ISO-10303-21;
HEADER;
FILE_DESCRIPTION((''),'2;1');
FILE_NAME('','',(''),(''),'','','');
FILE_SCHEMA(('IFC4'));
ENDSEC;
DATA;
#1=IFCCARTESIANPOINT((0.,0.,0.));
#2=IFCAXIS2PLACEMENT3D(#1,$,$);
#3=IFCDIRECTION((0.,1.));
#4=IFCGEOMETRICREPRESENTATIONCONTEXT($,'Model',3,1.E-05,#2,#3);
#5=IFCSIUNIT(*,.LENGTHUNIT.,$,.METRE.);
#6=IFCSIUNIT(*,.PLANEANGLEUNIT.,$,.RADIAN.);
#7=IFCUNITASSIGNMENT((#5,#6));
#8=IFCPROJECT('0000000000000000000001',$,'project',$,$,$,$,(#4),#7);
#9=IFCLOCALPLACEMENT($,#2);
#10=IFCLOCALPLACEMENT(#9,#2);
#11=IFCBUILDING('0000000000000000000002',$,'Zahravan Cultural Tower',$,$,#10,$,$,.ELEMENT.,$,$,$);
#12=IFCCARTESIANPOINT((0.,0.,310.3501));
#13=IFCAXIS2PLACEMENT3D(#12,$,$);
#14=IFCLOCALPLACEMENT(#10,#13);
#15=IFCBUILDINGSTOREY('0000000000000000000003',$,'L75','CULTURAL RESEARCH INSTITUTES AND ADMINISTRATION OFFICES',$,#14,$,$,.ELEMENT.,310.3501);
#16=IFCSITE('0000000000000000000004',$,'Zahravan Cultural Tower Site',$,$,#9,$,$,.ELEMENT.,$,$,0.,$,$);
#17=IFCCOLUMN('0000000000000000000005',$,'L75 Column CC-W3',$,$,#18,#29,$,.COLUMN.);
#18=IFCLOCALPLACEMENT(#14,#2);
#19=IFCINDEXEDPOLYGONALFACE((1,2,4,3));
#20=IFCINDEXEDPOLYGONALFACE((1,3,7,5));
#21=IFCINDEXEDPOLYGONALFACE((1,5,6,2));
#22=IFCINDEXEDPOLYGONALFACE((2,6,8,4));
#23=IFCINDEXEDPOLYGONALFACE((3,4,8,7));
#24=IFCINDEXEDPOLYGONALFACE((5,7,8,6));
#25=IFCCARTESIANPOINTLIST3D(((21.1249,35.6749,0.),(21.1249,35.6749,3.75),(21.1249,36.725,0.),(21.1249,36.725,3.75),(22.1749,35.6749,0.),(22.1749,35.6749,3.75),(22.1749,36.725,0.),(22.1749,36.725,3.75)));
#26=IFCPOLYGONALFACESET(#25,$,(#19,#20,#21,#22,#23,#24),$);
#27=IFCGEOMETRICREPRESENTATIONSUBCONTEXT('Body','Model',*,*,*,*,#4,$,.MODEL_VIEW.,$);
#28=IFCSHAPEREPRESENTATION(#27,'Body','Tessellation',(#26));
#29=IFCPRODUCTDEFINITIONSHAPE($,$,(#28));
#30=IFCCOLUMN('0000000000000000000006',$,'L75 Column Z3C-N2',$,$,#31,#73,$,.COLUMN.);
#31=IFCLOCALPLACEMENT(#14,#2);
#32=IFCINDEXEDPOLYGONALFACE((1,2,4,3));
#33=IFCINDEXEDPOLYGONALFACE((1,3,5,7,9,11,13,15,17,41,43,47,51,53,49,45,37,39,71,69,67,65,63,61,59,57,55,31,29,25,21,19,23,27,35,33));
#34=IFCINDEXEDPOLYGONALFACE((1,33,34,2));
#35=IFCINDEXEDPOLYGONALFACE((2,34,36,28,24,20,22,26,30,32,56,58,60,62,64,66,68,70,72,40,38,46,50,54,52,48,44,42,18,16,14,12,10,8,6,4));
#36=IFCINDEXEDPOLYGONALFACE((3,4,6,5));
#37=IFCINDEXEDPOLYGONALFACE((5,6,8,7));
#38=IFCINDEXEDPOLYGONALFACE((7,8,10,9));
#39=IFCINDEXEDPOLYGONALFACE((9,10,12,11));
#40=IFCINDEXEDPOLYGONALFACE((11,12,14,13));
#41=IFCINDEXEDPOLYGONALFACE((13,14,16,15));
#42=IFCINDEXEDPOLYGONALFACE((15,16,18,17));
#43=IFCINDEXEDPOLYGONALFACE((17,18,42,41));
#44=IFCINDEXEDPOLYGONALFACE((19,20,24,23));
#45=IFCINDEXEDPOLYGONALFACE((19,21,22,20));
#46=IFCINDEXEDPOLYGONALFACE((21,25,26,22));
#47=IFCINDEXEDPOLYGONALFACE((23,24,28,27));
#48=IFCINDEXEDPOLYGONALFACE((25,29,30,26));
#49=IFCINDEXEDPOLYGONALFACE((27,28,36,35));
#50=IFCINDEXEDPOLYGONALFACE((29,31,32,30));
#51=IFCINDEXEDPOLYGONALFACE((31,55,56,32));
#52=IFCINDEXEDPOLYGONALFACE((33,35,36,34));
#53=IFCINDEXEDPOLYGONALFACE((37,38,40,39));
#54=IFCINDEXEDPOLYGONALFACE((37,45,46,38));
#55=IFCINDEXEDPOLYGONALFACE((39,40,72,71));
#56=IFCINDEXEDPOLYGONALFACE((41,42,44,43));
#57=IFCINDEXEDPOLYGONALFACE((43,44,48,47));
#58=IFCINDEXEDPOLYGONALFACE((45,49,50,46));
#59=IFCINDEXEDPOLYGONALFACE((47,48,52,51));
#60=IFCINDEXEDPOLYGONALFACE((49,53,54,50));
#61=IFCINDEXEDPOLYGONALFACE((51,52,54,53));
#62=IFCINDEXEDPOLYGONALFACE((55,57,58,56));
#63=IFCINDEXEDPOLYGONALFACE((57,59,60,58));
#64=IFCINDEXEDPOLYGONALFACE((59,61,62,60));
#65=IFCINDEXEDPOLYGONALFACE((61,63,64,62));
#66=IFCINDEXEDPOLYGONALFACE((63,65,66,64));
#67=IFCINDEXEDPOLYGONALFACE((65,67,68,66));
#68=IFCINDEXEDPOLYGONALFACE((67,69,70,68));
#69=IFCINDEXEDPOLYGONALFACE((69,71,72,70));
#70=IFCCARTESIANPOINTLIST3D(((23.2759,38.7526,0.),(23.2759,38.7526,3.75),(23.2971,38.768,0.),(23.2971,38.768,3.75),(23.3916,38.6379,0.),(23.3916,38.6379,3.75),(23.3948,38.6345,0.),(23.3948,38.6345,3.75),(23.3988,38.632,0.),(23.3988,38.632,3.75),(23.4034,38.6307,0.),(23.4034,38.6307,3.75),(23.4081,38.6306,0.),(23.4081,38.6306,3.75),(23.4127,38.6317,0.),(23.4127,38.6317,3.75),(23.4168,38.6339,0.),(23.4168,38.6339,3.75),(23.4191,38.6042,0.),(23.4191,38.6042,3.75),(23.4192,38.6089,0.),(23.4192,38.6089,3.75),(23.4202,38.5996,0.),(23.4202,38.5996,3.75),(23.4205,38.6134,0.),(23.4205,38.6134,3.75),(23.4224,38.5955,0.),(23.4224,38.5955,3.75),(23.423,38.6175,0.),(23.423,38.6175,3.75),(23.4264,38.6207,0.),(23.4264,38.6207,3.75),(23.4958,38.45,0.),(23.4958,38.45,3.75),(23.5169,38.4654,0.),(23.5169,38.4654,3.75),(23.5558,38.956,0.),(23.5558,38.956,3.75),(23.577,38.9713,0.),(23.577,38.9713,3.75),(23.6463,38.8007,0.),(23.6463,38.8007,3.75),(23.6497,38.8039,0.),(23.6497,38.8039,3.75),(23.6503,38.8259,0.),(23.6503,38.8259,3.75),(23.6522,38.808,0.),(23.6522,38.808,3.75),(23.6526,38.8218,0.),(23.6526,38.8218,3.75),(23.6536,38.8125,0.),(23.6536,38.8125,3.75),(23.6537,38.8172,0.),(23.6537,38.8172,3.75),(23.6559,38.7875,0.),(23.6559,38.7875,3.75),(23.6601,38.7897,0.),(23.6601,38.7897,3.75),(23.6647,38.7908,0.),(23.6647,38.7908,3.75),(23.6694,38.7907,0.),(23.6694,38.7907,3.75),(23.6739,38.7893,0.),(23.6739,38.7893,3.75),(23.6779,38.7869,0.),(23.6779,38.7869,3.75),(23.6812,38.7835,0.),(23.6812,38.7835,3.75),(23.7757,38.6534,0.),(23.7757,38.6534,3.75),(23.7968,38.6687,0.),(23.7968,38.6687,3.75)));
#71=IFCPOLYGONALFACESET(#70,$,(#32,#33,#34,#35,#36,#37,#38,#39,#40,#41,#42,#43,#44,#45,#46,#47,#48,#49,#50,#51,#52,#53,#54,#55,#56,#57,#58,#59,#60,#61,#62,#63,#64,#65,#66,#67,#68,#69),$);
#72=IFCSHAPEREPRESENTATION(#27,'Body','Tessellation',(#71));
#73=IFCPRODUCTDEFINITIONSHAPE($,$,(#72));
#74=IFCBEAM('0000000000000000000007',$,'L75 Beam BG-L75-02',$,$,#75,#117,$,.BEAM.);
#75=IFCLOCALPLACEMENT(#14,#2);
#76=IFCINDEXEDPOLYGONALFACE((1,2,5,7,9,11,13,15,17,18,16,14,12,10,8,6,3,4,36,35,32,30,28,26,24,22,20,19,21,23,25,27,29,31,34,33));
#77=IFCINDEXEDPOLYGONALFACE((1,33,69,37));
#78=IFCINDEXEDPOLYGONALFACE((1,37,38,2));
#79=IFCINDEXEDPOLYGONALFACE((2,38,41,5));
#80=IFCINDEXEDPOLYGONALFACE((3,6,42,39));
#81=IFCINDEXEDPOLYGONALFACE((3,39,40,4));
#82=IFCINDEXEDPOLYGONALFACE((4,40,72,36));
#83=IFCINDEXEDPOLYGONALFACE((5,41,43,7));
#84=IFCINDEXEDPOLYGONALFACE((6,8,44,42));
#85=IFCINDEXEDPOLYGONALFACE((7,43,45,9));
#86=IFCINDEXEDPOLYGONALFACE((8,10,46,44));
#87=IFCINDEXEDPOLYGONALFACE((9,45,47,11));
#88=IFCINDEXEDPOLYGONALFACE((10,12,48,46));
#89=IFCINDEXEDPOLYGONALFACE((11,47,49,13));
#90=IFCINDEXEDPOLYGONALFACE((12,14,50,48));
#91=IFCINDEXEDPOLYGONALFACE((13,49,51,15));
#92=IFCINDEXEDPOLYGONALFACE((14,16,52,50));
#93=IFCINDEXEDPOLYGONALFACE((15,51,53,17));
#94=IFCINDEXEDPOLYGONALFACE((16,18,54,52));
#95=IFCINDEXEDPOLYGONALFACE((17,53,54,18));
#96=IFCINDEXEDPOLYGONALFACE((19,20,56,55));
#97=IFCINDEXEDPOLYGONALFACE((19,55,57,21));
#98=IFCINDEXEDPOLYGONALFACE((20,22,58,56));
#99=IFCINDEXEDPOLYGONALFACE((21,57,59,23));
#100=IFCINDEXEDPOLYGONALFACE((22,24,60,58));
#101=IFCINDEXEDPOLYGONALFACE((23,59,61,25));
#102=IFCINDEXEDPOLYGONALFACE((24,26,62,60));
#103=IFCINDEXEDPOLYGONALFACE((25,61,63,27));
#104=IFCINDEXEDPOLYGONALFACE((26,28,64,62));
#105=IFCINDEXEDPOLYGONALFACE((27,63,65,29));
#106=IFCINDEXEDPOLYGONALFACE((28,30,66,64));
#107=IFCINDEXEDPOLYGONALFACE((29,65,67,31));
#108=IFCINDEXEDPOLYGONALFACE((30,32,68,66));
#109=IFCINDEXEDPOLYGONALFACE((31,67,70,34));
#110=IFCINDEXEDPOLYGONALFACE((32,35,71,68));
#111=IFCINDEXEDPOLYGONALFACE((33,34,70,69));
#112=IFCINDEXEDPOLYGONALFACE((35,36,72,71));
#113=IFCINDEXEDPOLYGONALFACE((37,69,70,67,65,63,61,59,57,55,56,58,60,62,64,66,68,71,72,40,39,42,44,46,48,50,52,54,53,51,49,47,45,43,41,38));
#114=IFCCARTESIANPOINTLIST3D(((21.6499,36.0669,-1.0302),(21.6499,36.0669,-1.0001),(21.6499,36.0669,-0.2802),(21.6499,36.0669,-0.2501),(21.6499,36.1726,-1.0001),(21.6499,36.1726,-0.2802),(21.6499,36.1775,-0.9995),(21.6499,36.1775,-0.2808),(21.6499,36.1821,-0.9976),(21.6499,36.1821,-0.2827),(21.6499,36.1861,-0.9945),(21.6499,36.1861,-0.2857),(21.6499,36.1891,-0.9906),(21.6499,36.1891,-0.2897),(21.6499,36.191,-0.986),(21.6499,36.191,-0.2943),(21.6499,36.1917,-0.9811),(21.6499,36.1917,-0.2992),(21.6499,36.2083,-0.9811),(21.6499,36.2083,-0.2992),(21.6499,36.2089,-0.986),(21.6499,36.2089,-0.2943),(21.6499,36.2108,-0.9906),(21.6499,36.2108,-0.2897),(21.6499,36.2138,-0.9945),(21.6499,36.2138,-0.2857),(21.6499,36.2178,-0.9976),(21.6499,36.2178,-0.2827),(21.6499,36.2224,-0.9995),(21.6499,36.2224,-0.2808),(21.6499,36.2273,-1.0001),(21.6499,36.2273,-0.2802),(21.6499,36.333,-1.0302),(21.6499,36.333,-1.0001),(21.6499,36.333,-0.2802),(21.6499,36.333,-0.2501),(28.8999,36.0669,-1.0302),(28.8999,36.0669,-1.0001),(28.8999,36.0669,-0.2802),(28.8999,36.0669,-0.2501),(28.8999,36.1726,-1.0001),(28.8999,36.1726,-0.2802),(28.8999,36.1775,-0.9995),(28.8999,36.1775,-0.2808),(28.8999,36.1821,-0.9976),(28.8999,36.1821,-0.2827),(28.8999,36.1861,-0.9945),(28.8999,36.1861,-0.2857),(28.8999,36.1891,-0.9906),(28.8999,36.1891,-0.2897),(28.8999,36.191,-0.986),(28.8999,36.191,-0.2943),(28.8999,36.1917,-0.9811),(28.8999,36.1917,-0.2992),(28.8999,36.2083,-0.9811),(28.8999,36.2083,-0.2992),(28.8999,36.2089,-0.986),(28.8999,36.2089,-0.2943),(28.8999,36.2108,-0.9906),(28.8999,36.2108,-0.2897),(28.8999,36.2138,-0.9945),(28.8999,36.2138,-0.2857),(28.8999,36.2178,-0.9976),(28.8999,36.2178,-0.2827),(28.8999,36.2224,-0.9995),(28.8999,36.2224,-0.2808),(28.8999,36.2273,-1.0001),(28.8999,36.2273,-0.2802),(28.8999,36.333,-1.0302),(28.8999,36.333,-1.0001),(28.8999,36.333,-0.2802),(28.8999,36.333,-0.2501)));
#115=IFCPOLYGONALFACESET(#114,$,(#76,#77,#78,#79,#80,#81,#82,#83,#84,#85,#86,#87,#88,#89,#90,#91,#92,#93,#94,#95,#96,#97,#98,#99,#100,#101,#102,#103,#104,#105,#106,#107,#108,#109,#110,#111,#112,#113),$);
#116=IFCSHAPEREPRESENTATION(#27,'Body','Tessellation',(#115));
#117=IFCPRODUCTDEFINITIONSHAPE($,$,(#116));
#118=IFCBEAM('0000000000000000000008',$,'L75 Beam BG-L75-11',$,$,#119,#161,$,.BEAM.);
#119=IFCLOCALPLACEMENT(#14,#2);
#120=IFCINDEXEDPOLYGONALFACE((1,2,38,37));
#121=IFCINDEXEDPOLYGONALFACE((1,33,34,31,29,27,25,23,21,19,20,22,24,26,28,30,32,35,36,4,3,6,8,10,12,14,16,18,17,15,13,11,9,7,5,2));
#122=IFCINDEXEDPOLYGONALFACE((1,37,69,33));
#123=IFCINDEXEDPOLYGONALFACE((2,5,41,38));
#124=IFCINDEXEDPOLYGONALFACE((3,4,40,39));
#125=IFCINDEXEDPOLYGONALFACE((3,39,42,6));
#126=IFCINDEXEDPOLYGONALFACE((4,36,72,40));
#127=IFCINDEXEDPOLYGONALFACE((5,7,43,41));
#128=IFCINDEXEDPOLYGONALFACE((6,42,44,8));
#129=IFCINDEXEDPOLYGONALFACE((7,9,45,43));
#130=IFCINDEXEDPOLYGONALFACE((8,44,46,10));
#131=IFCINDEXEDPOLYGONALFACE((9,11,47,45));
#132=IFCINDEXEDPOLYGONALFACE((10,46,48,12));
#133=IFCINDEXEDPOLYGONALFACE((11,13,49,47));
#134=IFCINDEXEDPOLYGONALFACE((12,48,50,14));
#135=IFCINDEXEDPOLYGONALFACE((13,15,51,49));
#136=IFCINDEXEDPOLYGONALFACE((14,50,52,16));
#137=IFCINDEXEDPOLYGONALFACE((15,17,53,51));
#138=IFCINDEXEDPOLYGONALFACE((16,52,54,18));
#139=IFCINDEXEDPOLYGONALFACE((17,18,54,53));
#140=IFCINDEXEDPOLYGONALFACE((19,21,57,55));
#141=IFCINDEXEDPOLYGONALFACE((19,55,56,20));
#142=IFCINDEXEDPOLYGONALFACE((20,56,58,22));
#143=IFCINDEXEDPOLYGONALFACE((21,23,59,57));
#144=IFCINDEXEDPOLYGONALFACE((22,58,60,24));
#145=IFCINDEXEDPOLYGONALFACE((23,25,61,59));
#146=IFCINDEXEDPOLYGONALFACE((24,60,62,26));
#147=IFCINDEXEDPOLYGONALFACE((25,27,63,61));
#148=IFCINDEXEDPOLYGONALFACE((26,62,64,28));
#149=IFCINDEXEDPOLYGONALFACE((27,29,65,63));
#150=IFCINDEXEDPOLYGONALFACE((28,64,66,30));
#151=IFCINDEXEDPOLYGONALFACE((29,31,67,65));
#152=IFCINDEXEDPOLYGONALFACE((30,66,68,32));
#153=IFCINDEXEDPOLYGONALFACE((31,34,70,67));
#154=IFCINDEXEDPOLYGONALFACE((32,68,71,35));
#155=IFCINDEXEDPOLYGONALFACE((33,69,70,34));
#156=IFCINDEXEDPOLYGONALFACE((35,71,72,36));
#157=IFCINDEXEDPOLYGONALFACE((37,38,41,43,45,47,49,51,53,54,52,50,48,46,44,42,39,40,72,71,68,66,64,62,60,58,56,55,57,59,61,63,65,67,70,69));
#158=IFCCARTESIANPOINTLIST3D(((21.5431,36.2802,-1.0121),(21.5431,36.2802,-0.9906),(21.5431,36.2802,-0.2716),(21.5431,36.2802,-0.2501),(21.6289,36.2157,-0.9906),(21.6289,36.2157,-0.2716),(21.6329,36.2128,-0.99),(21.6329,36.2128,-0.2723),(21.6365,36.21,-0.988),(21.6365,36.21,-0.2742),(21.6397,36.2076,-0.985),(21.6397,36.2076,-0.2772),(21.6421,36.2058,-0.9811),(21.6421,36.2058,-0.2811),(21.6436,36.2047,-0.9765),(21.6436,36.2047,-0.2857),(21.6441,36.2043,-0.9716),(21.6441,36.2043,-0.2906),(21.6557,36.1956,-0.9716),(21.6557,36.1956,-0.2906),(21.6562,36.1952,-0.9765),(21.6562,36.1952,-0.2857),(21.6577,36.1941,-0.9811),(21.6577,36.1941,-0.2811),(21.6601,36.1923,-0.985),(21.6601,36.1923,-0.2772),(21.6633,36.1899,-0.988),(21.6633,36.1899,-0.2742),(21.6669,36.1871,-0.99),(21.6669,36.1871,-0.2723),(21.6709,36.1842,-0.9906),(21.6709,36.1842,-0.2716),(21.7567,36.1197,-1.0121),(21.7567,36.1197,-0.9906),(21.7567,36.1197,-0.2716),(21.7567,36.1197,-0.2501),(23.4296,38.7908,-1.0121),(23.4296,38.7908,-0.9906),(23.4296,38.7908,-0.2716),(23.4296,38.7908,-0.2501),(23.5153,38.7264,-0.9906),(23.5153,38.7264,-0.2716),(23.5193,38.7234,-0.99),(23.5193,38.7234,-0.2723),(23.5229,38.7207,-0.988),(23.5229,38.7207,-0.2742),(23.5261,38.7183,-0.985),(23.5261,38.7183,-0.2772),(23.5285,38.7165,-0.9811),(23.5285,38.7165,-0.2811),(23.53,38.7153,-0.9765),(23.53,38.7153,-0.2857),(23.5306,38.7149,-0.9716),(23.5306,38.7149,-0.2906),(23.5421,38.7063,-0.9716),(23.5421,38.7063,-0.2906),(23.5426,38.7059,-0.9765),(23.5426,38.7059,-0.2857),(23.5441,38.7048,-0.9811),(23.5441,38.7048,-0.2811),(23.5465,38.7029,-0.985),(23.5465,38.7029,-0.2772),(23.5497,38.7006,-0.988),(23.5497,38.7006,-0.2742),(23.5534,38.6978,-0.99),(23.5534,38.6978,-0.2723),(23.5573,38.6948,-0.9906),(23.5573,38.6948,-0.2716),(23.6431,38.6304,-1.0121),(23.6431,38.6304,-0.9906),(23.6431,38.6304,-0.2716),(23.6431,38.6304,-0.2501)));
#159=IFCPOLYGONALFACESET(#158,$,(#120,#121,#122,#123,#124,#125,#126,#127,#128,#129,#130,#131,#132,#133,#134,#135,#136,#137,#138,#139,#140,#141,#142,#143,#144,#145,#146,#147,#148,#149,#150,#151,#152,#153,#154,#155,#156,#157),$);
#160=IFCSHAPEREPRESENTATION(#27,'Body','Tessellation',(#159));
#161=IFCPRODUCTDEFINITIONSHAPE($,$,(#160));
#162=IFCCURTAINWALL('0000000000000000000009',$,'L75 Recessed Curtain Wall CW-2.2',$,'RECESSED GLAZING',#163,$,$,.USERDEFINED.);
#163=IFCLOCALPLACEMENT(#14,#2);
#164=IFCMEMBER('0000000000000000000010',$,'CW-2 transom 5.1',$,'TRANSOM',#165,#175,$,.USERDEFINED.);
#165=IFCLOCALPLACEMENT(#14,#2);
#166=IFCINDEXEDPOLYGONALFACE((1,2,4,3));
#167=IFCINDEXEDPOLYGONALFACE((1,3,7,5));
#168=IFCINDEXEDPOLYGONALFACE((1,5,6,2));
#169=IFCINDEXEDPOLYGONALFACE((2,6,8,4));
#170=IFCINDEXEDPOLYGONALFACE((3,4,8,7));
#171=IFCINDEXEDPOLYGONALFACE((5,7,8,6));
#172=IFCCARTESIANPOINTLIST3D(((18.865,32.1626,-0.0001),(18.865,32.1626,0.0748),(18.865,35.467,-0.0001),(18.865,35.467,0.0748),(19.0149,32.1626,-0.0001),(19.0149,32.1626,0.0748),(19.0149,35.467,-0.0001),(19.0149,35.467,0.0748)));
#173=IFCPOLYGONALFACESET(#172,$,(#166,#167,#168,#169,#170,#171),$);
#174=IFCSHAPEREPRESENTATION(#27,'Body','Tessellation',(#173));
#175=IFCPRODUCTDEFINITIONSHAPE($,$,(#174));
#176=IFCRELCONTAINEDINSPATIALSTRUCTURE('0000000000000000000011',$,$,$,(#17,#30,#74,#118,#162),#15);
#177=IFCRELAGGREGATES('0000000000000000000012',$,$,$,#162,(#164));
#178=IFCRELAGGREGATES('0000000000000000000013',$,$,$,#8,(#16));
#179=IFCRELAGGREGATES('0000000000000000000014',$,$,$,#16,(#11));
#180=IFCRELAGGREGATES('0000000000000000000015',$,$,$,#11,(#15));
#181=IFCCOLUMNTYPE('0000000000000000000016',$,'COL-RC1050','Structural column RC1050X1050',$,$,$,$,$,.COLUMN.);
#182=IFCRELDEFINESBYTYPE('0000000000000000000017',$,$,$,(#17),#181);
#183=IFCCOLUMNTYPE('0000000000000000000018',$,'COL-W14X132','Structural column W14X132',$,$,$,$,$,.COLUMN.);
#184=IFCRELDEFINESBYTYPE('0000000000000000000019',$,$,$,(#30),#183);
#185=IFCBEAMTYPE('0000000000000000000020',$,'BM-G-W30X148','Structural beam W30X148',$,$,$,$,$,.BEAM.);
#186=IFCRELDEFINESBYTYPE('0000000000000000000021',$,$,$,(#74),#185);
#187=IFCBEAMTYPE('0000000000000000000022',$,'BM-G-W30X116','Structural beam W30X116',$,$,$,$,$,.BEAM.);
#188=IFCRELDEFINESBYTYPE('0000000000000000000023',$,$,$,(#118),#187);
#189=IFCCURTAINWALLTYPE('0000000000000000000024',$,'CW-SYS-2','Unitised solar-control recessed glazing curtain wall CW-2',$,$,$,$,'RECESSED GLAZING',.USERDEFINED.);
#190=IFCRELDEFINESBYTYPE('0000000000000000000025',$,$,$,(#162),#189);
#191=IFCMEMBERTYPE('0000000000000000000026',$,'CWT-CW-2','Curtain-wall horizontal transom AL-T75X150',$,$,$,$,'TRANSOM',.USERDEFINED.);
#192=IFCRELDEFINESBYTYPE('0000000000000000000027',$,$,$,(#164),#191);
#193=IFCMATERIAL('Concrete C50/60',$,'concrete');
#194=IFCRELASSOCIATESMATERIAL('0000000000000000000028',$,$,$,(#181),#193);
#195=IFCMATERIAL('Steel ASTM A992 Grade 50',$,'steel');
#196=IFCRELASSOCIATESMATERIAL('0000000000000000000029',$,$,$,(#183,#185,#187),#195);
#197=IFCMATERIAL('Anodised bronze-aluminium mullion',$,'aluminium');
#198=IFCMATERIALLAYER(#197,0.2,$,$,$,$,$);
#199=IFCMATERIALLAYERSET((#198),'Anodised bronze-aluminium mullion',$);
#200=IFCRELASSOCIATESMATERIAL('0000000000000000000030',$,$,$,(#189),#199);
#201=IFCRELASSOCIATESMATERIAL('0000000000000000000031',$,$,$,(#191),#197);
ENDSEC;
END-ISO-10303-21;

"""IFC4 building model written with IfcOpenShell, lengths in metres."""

from ifc_helpers import new_model, si_unit, direction, frame, origin, origin_2d, place, context, subcontext, project, spatial, rectangle, i_section, extrude, source, transform, mapped, material, layer, layer_set, material_profile, profile_set, type_object, element, aggregate, save


model = new_model("IFC4")

# Units and contexts
model_context = context("Model", 3, precision=1e-05, world=origin(), true_north=direction((0.0, 1.0)))
body_context = subcontext(model_context, "Body", "Model", "MODEL_VIEW")
ifc_project = project(units=[si_unit("LENGTHUNIT", "METRE"), si_unit("PLANEANGLEUNIT", "RADIAN")], contexts=[model_context])

# Site, building, storey
site_placement = place(None, origin())
site = spatial("IfcSite", under=ifc_project, at=site_placement, Name="Zahravan Cultural Tower Site", CompositionType="ELEMENT", RefElevation=0.0)
building_placement = place(site_placement, origin())
building = spatial("IfcBuilding", under=site, at=building_placement, Name="Zahravan Cultural Tower", CompositionType="ELEMENT")
storey_placement = place(building_placement, frame((0.0, 0.0, 310.3501)))
storey = spatial("IfcBuildingStorey", under=building, at=storey_placement, Name="L75", Description="CULTURAL RESEARCH INSTITUTES AND ADMINISTRATION OFFICES", CompositionType="ELEMENT", Elevation=310.3501)

# Columns
ifc_material_1 = material(Name="Concrete C50/60", Category="concrete")
ifc_material_profile_1 = material_profile(ifc_material_1, rectangle(XDim=1.05, YDim=1.05, at=origin_2d()), Name="RC1050X1050")
ifc_profile_set_1 = profile_set([ifc_material_profile_1], Name="Concrete C50/60")
column_type_1 = type_object("IfcColumnType", Name="COL-RC1050", Description="Structural column RC1050X1050", PredefinedType="COLUMN", material=ifc_profile_set_1)
shared_shape_1 = source(origin(), body_context, "Body", "SweptSolid", [
    extrude(rectangle(XDim=1.05, YDim=1.05, at=origin_2d()), origin(), (0.0, 0.0, 1.0), 3.75),
])
column_1_placement = place(storey_placement, frame((21.6499, 36.2, 0.0), z_axis=(0.0, 0.0, 1.0), x_axis=(1.0, 0.0, 0.0)))
element("IfcColumn", 1, at=column_1_placement, inside=storey, type_object=column_type_1, Name="L75 Column CC-W3", PredefinedType="COLUMN", context=body_context, shape_type="MappedRepresentation", body=[
    mapped(shared_shape_1, transform((0.0, 0.0, 0.0), x_axis=(1.0, 0.0, 0.0), y_axis=(0.0, 1.0, 0.0), z_axis=(0.0, 0.0, 1.0), scale=1.0)),
])
ifc_material_2 = material(Name="Steel ASTM A992 Grade 50", Category="steel")
ifc_material_profile_2 = material_profile(ifc_material_2, i_section(OverallWidth=0.374, OverallDepth=0.3721, WebThickness=0.0164, FlangeThickness=0.0261, FilletRadius=0.0181, at=origin_2d()), Name="W14X132")
ifc_profile_set_2 = profile_set([ifc_material_profile_2], Name="Steel ASTM A992 Grade 50")
column_type_2 = type_object("IfcColumnType", Name="COL-W14X132", Description="Structural column W14X132", PredefinedType="COLUMN", material=ifc_profile_set_2)
shared_shape_2 = source(origin(), body_context, "Body", "SweptSolid", [
    extrude(i_section(OverallWidth=0.374, OverallDepth=0.3721, WebThickness=0.0164, FlangeThickness=0.0261, FilletRadius=0.0181, at=origin_2d()), origin(), (0.0, 0.0, 1.0), 3.75),
])
column_2_placement = place(storey_placement, frame((23.5364, 38.7107, 0.0), z_axis=(0.0, 0.0, 1.0), x_axis=(-0.587785, 0.809017, 0.0)))
element("IfcColumn", 2, at=column_2_placement, inside=storey, type_object=column_type_2, Name="L75 Column Z3C-N2", PredefinedType="COLUMN", context=body_context, shape_type="MappedRepresentation", body=[
    mapped(shared_shape_2, transform((0.0, 0.0, 0.0), x_axis=(1.0, 0.0, 0.0), y_axis=(0.0, 1.0, 0.0), z_axis=(0.0, 0.0, 1.0), scale=1.0)),
])

# Beams
ifc_material_profile_3 = material_profile(ifc_material_2, i_section(OverallWidth=0.2661, OverallDepth=0.78, WebThickness=0.0166, FlangeThickness=0.03, FilletRadius=0.019, at=origin_2d()), Name="W30X148")
ifc_profile_set_3 = profile_set([ifc_material_profile_3], Name="Steel ASTM A992 Grade 50")
beam_type_1 = type_object("IfcBeamType", Name="BM-G-W30X148", Description="Structural beam W30X148", PredefinedType="BEAM", material=ifc_profile_set_3)
shared_shape_3 = source(origin(), body_context, "Body", "SweptSolid", [
    extrude(i_section(OverallWidth=0.2661, OverallDepth=0.78, WebThickness=0.0166, FlangeThickness=0.03, FilletRadius=0.019, at=origin_2d()), origin(), (0.0, 0.0, 1.0), 7.25),
])
beam_1_placement = place(storey_placement, frame((21.6499, 36.2, -0.6401), z_axis=(1.0, 0.0, 0.0), x_axis=(0.0, 1.0, 0.0)))
element("IfcBeam", 3, at=beam_1_placement, inside=storey, type_object=beam_type_1, Name="L75 Beam BG-L75-02", PredefinedType="BEAM", context=body_context, shape_type="MappedRepresentation", body=[
    mapped(shared_shape_3, transform((0.0, 0.0, 0.0), x_axis=(1.0, 0.0, 0.0), y_axis=(0.0, 1.0, 0.0), z_axis=(0.0, 0.0, 1.0), scale=1.0)),
])
ifc_material_profile_4 = material_profile(ifc_material_2, i_section(OverallWidth=0.2671, OverallDepth=0.762, WebThickness=0.0144, FlangeThickness=0.0215, FilletRadius=0.019, at=origin_2d()), Name="W30X116")
ifc_profile_set_4 = profile_set([ifc_material_profile_4], Name="Steel ASTM A992 Grade 50")
beam_type_2 = type_object("IfcBeamType", Name="BM-G-W30X116", Description="Structural beam W30X116", PredefinedType="BEAM", material=ifc_profile_set_4)
shared_shape_4 = source(origin(), body_context, "Body", "SweptSolid", [
    extrude(i_section(OverallWidth=0.2671, OverallDepth=0.762, WebThickness=0.0144, FlangeThickness=0.0215, FilletRadius=0.019, at=origin_2d()), origin(), (0.0, 0.0, 1.0), 3.1404),
])
beam_2_placement = place(storey_placement, frame((21.6499, 36.2, -0.6311), z_axis=(0.600696, 0.799477, 0.0), x_axis=(-0.799477, 0.600696, 0.0)))
element("IfcBeam", 4, at=beam_2_placement, inside=storey, type_object=beam_type_2, Name="L75 Beam BG-L75-11", PredefinedType="BEAM", context=body_context, shape_type="MappedRepresentation", body=[
    mapped(shared_shape_4, transform((0.0, 0.0, 0.0), x_axis=(1.0, 0.0, 0.0), y_axis=(0.0, 1.0, 0.0), z_axis=(0.0, 0.0, 1.0), scale=1.0)),
])

# Curtain wall, member
ifc_material_3 = material(Name="Anodised bronze-aluminium mullion", Category="aluminium")
ifc_layer_1 = layer(ifc_material_3, 0.2)
ifc_layer_set_1 = layer_set([ifc_layer_1], Name="Anodised bronze-aluminium mullion")
curtain_wall_type = type_object("IfcCurtainWallType", Name="CW-SYS-2", Description="Unitised solar-control recessed glazing curtain wall CW-2", ElementType="RECESSED GLAZING", PredefinedType="USERDEFINED", material=ifc_layer_set_1)
curtain_wall_placement = place(storey_placement, origin())
curtain_wall = element("IfcCurtainWall", 5, at=curtain_wall_placement, inside=storey, type_object=curtain_wall_type, Name="L75 Recessed Curtain Wall CW-2.2", ObjectType="RECESSED GLAZING", PredefinedType="USERDEFINED")
ifc_material_profile_5 = material_profile(ifc_material_3, rectangle(XDim=0.1499, YDim=0.075, at=origin_2d()), Name="AL-T75X150")
ifc_profile_set_5 = profile_set([ifc_material_profile_5], Name="Anodised bronze-aluminium mullion")
member_type_1 = type_object("IfcMemberType", Name="CWT-CW-2", Description="Curtain-wall horizontal transom AL-T75X150", ElementType="TRANSOM", PredefinedType="USERDEFINED", material=ifc_profile_set_5)
shared_shape_5 = source(origin(), body_context, "Body", "SweptSolid", [
    extrude(rectangle(XDim=0.1499, YDim=0.075, at=origin_2d()), origin(), (0.0, 0.0, 1.0), 3.3044),
])
member_1_placement = place(storey_placement, frame((18.9399, 32.1626, 0.0374), z_axis=(0.0, 1.0, 0.0), x_axis=(-1.0, 0.0, 0.0)))
member_1 = element("IfcMember", 6, at=member_1_placement, type_object=member_type_1, Name="CW-2 transom 5.1", ObjectType="TRANSOM", PredefinedType="USERDEFINED", context=body_context, shape_type="MappedRepresentation", body=[
    mapped(shared_shape_5, transform((0.0, 0.0, 0.0), x_axis=(1.0, 0.0, 0.0), y_axis=(0.0, 1.0, 0.0), z_axis=(0.0, 0.0, 1.0), scale=1.0)),
])
aggregate(curtain_wall, [member_1])

save(model, "model.ifc")
